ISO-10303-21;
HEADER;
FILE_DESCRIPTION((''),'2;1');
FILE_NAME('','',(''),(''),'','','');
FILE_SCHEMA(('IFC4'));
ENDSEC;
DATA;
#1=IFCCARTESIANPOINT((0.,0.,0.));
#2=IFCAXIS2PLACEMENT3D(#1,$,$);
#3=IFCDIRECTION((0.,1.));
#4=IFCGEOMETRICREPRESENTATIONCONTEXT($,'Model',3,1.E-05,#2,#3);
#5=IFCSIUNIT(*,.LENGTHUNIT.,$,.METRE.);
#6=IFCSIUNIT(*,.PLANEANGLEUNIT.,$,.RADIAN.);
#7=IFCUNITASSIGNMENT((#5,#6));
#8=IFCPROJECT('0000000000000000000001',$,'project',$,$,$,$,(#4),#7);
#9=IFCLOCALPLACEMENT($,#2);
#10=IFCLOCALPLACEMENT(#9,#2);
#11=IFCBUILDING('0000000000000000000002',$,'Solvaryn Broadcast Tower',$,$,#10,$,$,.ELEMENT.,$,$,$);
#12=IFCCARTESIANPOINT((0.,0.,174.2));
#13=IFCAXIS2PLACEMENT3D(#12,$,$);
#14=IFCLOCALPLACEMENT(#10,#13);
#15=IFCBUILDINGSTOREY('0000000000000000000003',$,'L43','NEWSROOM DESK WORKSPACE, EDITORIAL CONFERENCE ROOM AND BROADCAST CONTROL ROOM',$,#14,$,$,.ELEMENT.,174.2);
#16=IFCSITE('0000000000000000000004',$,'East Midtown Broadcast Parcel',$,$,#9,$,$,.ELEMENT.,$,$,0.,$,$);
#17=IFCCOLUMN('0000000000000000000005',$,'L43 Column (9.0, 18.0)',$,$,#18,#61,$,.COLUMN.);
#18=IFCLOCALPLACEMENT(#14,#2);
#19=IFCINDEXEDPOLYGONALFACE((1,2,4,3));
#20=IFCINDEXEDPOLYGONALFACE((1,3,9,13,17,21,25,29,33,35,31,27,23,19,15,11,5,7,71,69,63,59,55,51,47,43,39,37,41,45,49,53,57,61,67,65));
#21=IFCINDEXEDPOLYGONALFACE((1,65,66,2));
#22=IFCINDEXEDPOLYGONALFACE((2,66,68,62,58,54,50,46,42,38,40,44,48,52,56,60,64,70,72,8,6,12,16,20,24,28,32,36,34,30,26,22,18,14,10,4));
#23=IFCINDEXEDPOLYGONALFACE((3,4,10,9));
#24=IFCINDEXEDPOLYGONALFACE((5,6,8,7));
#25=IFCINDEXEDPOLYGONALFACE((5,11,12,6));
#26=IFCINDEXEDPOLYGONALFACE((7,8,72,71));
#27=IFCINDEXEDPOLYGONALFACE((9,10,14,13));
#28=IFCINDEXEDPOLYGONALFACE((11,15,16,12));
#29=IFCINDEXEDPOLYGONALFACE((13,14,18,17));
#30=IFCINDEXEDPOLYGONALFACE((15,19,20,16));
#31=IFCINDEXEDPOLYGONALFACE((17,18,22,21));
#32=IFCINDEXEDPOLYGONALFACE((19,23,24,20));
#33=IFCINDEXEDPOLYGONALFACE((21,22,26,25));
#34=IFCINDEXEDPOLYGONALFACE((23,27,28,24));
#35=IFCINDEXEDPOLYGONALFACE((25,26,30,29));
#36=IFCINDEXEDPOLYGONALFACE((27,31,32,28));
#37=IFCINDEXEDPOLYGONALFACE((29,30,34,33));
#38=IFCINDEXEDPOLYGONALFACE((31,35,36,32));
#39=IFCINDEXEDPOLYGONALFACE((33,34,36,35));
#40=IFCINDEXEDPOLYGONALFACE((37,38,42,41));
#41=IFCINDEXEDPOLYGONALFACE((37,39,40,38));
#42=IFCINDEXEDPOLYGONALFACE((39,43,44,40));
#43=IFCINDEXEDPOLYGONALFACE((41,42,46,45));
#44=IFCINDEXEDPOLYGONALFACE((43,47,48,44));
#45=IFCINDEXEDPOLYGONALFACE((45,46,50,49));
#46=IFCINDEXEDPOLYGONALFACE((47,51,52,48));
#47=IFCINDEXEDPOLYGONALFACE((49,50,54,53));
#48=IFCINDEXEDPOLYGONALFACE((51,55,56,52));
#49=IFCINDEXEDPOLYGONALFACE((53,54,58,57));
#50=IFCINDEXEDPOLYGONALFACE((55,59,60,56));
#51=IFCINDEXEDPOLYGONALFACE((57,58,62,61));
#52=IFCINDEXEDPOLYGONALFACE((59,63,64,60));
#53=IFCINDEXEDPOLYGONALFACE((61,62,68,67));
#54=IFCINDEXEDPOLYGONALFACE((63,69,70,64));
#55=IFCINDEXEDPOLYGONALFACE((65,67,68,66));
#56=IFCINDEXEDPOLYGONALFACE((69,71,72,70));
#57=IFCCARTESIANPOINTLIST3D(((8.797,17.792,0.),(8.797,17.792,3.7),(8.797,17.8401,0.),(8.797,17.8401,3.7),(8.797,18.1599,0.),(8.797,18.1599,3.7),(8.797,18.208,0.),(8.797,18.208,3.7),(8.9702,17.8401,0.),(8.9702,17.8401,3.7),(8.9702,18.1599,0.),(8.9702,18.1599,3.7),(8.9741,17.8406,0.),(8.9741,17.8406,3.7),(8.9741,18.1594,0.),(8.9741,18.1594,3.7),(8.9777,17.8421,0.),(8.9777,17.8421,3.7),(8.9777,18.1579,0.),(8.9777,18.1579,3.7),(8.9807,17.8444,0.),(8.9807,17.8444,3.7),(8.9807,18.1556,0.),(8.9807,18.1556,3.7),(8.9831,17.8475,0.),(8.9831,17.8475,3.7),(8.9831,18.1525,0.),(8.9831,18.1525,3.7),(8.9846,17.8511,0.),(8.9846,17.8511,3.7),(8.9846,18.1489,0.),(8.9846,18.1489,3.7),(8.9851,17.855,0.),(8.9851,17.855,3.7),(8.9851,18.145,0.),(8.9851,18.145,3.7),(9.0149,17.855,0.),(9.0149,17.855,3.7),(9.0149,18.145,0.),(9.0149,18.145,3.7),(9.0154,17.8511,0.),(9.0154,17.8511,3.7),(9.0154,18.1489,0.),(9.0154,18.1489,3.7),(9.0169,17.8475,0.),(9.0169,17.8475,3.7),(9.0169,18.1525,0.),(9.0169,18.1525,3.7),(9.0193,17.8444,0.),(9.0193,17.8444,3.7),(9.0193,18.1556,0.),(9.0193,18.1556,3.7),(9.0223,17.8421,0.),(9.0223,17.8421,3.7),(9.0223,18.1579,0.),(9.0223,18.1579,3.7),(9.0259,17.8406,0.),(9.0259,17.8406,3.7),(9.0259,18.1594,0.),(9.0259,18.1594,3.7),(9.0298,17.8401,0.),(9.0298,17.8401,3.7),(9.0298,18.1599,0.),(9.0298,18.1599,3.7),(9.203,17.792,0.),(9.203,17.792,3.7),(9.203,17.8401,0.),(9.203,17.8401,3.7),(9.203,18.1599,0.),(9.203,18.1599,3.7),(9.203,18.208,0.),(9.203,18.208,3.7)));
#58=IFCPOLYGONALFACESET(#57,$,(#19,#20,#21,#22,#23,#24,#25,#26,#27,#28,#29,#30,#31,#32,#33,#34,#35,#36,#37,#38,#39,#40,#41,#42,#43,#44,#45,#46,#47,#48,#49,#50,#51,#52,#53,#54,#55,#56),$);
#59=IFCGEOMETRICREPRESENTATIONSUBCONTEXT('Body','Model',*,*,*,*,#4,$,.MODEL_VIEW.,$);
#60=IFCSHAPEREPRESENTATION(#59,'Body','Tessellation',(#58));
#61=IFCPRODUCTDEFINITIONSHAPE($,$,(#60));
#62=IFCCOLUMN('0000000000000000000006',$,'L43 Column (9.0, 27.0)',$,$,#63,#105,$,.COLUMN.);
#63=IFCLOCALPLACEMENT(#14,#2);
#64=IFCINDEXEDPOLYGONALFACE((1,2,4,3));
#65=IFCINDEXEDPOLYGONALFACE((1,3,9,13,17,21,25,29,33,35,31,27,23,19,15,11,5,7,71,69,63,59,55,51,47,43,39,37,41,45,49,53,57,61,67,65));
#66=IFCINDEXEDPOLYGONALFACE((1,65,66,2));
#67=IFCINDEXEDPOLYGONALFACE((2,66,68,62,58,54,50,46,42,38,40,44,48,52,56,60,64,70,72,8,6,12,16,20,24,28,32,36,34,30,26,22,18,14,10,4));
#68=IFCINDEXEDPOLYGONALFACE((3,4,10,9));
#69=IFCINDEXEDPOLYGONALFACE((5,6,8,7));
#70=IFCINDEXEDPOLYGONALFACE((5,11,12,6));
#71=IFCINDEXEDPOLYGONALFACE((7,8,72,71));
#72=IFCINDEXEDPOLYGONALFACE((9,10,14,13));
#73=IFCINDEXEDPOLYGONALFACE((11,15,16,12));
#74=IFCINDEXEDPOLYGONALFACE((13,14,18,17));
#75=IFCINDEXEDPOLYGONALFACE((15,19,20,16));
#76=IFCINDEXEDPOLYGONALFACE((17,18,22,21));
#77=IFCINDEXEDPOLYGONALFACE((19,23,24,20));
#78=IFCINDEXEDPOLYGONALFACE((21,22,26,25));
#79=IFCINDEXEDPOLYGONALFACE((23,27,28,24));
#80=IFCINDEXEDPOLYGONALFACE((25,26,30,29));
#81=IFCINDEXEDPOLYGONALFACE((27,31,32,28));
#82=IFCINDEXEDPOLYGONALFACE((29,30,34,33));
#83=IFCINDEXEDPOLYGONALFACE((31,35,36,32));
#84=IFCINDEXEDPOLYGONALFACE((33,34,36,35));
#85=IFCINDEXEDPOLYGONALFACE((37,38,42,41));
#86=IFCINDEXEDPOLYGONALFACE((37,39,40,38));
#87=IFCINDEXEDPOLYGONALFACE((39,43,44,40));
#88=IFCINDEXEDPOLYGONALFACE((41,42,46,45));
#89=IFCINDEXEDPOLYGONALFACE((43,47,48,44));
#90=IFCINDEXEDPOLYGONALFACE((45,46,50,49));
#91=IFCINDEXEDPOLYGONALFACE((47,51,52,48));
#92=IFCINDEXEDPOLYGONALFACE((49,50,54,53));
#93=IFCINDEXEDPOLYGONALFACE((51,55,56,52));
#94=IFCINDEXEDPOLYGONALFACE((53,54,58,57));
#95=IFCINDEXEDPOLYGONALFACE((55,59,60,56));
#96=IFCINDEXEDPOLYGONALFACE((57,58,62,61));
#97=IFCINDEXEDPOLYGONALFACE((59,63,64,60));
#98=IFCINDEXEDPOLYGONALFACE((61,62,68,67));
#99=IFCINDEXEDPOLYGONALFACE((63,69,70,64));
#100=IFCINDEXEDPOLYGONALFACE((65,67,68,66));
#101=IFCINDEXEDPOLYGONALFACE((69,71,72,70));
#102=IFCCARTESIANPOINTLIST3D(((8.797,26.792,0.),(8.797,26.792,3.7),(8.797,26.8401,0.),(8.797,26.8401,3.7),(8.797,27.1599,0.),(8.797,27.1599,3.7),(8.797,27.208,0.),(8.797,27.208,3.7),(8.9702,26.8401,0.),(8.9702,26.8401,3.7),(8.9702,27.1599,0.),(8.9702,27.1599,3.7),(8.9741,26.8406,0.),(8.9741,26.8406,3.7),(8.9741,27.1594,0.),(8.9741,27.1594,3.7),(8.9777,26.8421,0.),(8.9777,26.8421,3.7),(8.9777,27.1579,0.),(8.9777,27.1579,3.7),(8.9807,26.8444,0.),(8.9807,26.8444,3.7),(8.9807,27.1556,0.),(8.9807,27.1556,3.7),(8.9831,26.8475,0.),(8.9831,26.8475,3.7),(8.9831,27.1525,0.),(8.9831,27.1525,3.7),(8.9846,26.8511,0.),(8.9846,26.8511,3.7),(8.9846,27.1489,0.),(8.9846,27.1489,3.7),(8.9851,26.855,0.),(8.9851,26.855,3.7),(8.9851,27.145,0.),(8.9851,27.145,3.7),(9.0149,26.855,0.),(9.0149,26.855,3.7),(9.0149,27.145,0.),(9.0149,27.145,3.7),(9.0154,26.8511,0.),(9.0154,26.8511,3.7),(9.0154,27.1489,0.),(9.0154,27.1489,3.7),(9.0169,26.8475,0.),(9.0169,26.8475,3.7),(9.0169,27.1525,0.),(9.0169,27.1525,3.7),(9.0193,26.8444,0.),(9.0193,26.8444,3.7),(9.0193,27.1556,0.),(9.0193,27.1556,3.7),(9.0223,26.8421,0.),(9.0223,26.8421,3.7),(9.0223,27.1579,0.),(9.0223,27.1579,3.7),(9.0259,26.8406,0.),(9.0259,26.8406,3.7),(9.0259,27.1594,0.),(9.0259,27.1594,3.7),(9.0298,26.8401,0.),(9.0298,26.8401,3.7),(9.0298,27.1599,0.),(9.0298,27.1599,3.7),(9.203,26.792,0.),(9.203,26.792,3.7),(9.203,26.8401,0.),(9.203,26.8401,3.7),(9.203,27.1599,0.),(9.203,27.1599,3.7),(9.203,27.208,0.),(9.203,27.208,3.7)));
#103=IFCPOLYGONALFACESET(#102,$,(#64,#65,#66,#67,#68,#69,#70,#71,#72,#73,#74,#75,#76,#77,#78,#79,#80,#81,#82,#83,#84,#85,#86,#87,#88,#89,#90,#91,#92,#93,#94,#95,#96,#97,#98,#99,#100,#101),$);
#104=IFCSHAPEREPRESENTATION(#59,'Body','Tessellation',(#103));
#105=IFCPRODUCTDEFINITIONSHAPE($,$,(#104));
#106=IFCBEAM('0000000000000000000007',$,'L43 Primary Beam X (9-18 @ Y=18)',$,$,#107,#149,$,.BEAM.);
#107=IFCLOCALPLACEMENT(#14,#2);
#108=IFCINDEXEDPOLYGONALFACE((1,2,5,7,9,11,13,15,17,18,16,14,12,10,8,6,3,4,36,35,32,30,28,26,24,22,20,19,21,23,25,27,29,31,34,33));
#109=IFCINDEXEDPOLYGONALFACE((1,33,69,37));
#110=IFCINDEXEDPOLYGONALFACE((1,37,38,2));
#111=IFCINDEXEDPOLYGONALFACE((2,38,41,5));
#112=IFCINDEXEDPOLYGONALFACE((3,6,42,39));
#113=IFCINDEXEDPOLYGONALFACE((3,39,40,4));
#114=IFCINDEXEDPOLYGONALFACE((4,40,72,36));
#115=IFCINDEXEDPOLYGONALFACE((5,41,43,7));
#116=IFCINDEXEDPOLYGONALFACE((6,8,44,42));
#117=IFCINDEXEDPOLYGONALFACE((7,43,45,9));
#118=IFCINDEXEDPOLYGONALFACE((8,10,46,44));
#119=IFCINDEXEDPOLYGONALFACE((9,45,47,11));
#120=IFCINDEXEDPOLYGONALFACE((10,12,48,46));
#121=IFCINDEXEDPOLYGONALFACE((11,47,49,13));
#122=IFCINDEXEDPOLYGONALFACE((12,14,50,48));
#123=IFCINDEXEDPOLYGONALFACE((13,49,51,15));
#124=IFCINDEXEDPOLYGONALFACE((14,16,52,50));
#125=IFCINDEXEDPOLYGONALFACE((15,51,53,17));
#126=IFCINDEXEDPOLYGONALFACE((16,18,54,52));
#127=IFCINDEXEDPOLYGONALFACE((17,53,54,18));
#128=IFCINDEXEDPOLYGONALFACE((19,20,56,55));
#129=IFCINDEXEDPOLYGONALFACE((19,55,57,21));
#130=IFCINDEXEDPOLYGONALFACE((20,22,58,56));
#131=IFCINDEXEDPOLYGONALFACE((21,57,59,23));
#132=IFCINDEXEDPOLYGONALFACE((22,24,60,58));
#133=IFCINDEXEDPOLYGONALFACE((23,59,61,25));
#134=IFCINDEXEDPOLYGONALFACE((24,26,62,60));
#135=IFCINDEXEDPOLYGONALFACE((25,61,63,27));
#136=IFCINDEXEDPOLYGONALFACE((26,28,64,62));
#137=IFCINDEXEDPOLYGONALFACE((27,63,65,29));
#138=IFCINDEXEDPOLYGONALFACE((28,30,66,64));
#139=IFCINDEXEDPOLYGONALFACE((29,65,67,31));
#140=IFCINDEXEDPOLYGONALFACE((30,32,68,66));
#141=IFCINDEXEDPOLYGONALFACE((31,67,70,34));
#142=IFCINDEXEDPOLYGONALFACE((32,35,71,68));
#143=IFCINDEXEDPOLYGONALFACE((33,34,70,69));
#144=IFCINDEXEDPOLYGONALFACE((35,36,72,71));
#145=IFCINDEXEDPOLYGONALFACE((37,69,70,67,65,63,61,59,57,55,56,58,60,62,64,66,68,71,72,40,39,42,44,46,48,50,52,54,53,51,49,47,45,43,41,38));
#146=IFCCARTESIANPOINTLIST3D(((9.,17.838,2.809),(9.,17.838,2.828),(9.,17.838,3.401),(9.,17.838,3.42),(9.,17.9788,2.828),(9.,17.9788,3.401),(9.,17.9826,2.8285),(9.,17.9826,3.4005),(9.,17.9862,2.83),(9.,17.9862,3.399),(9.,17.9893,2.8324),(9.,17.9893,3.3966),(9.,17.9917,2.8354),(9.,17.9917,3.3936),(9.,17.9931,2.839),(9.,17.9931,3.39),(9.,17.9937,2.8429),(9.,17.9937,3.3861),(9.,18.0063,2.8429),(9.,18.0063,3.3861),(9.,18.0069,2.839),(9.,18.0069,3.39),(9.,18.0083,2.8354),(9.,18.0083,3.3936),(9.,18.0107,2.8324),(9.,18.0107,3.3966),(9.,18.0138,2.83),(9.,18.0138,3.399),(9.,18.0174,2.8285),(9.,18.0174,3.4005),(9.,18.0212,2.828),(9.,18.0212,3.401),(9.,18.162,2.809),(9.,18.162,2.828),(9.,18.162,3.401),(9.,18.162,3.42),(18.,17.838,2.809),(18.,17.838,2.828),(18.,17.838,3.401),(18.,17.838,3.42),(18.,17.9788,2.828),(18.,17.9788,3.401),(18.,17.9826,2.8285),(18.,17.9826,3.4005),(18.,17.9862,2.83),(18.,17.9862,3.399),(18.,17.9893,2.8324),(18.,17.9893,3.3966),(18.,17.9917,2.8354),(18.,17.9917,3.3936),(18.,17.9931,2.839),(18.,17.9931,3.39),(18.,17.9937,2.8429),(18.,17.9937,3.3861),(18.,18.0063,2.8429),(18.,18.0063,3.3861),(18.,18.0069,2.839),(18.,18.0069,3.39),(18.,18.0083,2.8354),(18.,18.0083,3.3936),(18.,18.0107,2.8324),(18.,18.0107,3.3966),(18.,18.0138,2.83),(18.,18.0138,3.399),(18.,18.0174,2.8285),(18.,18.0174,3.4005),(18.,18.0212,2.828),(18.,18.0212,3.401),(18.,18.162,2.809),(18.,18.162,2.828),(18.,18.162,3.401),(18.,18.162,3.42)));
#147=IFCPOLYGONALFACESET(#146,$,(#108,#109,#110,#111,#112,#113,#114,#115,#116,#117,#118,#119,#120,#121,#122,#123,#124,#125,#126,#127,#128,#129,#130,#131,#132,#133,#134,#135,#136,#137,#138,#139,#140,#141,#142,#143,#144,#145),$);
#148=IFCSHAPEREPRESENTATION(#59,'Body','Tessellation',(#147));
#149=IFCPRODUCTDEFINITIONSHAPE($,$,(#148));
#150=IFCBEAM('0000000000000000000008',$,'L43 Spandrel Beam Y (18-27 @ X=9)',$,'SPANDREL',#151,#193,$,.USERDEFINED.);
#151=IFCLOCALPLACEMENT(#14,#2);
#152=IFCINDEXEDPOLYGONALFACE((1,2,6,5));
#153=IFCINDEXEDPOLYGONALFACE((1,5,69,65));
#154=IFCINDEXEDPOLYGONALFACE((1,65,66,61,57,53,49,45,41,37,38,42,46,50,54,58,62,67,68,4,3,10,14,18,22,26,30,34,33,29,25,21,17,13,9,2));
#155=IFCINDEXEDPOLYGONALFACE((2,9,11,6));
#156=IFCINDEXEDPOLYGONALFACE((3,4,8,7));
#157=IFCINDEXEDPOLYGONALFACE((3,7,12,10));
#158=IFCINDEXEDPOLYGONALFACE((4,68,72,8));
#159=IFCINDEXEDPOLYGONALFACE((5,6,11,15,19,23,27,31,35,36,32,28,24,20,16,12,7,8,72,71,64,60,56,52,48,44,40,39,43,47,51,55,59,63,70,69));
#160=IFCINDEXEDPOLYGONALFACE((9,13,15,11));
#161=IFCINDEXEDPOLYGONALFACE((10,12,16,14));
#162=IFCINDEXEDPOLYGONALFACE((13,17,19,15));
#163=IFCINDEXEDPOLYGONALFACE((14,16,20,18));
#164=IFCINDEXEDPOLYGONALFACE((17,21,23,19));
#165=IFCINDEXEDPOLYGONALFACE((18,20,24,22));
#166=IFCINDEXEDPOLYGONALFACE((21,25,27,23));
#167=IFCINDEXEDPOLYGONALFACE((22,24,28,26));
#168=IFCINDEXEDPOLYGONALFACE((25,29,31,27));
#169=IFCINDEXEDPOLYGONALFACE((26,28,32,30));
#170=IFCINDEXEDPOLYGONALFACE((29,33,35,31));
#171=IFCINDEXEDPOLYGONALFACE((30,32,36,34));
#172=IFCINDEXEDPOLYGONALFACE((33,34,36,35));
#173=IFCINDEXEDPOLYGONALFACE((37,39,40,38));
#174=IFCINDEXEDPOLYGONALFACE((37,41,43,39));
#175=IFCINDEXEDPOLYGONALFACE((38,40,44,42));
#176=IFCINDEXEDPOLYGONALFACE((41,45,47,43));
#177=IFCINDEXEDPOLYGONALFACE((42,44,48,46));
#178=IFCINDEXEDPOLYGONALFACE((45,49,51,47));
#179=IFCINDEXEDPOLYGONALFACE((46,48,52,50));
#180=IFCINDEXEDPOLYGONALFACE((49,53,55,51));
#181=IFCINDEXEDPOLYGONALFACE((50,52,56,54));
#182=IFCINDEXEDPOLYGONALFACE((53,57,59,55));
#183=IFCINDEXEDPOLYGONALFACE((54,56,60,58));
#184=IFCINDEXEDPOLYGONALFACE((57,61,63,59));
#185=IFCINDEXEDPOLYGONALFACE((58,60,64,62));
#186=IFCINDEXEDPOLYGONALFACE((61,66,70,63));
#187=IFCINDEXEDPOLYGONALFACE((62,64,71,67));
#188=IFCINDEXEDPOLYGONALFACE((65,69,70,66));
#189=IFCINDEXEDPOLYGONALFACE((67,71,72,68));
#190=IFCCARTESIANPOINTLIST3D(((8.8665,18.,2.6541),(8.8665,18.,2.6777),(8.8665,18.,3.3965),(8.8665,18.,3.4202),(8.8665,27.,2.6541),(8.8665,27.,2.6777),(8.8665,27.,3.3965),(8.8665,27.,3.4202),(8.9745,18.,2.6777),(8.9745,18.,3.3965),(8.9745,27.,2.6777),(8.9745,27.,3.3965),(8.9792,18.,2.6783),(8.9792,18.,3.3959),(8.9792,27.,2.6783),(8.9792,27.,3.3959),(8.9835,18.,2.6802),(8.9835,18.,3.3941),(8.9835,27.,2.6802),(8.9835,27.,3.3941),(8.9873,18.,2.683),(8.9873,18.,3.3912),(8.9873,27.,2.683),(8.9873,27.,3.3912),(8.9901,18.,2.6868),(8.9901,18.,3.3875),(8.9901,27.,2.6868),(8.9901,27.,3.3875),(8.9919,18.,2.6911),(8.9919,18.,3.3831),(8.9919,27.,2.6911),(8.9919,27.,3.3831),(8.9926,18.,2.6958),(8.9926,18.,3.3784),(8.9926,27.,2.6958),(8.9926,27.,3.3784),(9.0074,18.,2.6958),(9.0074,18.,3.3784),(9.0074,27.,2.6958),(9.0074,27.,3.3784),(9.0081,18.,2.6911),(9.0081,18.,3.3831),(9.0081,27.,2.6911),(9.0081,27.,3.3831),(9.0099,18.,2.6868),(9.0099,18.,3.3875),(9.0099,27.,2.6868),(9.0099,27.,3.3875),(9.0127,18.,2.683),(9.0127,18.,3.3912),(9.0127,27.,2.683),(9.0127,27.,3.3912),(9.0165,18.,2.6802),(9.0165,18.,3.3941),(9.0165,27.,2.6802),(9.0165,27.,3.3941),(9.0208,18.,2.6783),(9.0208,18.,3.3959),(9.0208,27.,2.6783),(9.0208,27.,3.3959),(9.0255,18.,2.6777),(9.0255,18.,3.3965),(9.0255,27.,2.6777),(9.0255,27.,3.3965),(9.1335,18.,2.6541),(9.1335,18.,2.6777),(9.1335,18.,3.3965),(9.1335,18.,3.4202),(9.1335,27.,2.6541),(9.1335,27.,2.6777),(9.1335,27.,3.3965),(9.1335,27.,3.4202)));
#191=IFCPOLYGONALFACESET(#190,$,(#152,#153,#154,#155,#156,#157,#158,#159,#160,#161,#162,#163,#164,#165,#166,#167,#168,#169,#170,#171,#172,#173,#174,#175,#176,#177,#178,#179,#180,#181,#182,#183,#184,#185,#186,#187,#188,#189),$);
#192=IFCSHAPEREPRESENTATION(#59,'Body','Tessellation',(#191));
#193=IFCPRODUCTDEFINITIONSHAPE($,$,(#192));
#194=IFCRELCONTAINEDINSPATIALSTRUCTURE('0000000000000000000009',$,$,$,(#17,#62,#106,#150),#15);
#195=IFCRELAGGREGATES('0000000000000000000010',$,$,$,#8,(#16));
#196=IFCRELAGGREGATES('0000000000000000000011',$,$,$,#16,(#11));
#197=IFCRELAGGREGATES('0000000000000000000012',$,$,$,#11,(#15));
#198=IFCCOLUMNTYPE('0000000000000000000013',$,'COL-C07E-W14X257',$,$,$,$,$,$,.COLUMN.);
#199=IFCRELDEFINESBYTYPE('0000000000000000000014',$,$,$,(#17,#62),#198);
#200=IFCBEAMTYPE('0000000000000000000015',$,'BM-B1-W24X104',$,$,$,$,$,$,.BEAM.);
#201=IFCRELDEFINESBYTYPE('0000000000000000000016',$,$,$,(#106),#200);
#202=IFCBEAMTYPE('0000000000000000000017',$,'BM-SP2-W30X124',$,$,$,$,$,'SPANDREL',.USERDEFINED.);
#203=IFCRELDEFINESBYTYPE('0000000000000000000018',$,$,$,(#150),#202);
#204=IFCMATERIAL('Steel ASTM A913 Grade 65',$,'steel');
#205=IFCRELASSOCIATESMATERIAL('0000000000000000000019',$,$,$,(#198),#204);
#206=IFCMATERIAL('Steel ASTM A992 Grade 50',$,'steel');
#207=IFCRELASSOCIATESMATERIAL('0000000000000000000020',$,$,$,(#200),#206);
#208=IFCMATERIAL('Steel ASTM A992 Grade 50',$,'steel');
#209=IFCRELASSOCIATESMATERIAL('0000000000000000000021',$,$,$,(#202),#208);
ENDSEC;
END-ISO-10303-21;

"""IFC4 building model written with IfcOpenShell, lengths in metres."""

from ifc_helpers import new_model, si_unit, direction, frame, origin, origin_2d, place, context, subcontext, project, spatial, i_section, extrude, material, material_profile, profile_set, type_object, element, save


model = new_model("IFC4")

# Units and contexts
model_context = context("Model", 3, precision=1e-05, world=origin(), true_north=direction((0.0, 1.0)))
body_context = subcontext(model_context, "Body", "Model", "MODEL_VIEW")
ifc_project = project(units=[si_unit("LENGTHUNIT", "METRE"), si_unit("PLANEANGLEUNIT", "RADIAN")], contexts=[model_context])

# Site, building, storey
site_placement = place(None, origin())
site = spatial("IfcSite", under=ifc_project, at=site_placement, Name="East Midtown Broadcast Parcel", CompositionType="ELEMENT", RefElevation=0.0)
building_placement = place(site_placement, origin())
building = spatial("IfcBuilding", under=site, at=building_placement, Name="Solvaryn Broadcast Tower", CompositionType="ELEMENT")
storey_placement = place(building_placement, frame((0.0, 0.0, 174.2)))
storey = spatial("IfcBuildingStorey", under=building, at=storey_placement, Name="L43", Description="NEWSROOM DESK WORKSPACE, EDITORIAL CONFERENCE ROOM AND BROADCAST CONTROL ROOM", CompositionType="ELEMENT", Elevation=174.2)

# Columns
ifc_material_1 = material(Name="Steel ASTM A913 Grade 65", Category="steel")
ifc_material_profile_1 = material_profile(ifc_material_1, i_section(OverallWidth=0.406, OverallDepth=0.416, WebThickness=0.0298, FlangeThickness=0.0481, FilletRadius=0.0149, at=origin_2d()))
ifc_profile_set_1 = profile_set([ifc_material_profile_1], Name="Steel ASTM A913 Grade 65")
column_type = type_object("IfcColumnType", Name="COL-C07E-W14X257", PredefinedType="COLUMN", material=ifc_profile_set_1)
for number, where, z_axis, x_axis, name in (
    (1, (9.0, 18.0, 0.0), (0.0, 0.0, 1.0), (1.0, 0.0, 0.0), "L43 Column (9.0, 18.0)"),
    (2, (9.0, 27.0, 0.0), (0.0, 0.0, 1.0), (1.0, 0.0, 0.0), "L43 Column (9.0, 27.0)"),
):
    element("IfcColumn", number, at=place(storey_placement, frame(where, z_axis=z_axis, x_axis=x_axis)), inside=storey, type_object=column_type, Name=name, PredefinedType="COLUMN", context=body_context, shape_type="SweptSolid", body=[
        extrude(i_section(OverallWidth=0.406, OverallDepth=0.416, WebThickness=0.0298, FlangeThickness=0.0481, FilletRadius=0.0149, at=origin_2d()), origin(), (0.0, 0.0, 1.0), 3.7),
    ])

# Beams
ifc_material_2 = material(Name="Steel ASTM A992 Grade 50", Category="steel")
ifc_material_profile_2 = material_profile(ifc_material_2, i_section(OverallWidth=0.324, OverallDepth=0.6111, WebThickness=0.0127, FlangeThickness=0.019, FilletRadius=0.0149, at=origin_2d()))
ifc_profile_set_2 = profile_set([ifc_material_profile_2], Name="Steel ASTM A992 Grade 50")
beam_type_1 = type_object("IfcBeamType", Name="BM-B1-W24X104", PredefinedType="BEAM", material=ifc_profile_set_2)
beam_1_placement = place(storey_placement, frame((9.0, 18.0, 3.1145), z_axis=(1.0, 0.0, 0.0), x_axis=(0.0, 1.0, 0.0)))
element("IfcBeam", 3, at=beam_1_placement, inside=storey, type_object=beam_type_1, Name="L43 Primary Beam X (9-18 @ Y=18)", PredefinedType="BEAM", context=body_context, shape_type="SweptSolid", body=[
    extrude(i_section(OverallWidth=0.324, OverallDepth=0.6111, WebThickness=0.0127, FlangeThickness=0.019, FilletRadius=0.0149, at=origin_2d()), origin(), (0.0, 0.0, 1.0), 9.0),
])
ifc_material_3 = material(Name="Steel ASTM A992 Grade 50", Category="steel")
ifc_material_profile_3 = material_profile(ifc_material_3, i_section(OverallWidth=0.2671, OverallDepth=0.7661, WebThickness=0.0149, FlangeThickness=0.0237, FilletRadius=0.0181, at=origin_2d()))
ifc_profile_set_3 = profile_set([ifc_material_profile_3], Name="Steel ASTM A992 Grade 50")
beam_type_2 = type_object("IfcBeamType", Name="BM-SP2-W30X124", ElementType="SPANDREL", PredefinedType="USERDEFINED", material=ifc_profile_set_3)
beam_2_placement = place(storey_placement, frame((9.0, 18.0, 3.0371), z_axis=(0.0, 1.0, 0.0), x_axis=(-1.0, 0.0, 0.0)))
element("IfcBeam", 4, at=beam_2_placement, inside=storey, type_object=beam_type_2, Name="L43 Spandrel Beam Y (18-27 @ X=9)", ObjectType="SPANDREL", PredefinedType="USERDEFINED", context=body_context, shape_type="SweptSolid", body=[
    extrude(i_section(OverallWidth=0.2671, OverallDepth=0.7661, WebThickness=0.0149, FlangeThickness=0.0237, FilletRadius=0.0181, at=origin_2d()), origin(), (0.0, 0.0, 1.0), 9.0),
])

save(model, "model.ifc")
